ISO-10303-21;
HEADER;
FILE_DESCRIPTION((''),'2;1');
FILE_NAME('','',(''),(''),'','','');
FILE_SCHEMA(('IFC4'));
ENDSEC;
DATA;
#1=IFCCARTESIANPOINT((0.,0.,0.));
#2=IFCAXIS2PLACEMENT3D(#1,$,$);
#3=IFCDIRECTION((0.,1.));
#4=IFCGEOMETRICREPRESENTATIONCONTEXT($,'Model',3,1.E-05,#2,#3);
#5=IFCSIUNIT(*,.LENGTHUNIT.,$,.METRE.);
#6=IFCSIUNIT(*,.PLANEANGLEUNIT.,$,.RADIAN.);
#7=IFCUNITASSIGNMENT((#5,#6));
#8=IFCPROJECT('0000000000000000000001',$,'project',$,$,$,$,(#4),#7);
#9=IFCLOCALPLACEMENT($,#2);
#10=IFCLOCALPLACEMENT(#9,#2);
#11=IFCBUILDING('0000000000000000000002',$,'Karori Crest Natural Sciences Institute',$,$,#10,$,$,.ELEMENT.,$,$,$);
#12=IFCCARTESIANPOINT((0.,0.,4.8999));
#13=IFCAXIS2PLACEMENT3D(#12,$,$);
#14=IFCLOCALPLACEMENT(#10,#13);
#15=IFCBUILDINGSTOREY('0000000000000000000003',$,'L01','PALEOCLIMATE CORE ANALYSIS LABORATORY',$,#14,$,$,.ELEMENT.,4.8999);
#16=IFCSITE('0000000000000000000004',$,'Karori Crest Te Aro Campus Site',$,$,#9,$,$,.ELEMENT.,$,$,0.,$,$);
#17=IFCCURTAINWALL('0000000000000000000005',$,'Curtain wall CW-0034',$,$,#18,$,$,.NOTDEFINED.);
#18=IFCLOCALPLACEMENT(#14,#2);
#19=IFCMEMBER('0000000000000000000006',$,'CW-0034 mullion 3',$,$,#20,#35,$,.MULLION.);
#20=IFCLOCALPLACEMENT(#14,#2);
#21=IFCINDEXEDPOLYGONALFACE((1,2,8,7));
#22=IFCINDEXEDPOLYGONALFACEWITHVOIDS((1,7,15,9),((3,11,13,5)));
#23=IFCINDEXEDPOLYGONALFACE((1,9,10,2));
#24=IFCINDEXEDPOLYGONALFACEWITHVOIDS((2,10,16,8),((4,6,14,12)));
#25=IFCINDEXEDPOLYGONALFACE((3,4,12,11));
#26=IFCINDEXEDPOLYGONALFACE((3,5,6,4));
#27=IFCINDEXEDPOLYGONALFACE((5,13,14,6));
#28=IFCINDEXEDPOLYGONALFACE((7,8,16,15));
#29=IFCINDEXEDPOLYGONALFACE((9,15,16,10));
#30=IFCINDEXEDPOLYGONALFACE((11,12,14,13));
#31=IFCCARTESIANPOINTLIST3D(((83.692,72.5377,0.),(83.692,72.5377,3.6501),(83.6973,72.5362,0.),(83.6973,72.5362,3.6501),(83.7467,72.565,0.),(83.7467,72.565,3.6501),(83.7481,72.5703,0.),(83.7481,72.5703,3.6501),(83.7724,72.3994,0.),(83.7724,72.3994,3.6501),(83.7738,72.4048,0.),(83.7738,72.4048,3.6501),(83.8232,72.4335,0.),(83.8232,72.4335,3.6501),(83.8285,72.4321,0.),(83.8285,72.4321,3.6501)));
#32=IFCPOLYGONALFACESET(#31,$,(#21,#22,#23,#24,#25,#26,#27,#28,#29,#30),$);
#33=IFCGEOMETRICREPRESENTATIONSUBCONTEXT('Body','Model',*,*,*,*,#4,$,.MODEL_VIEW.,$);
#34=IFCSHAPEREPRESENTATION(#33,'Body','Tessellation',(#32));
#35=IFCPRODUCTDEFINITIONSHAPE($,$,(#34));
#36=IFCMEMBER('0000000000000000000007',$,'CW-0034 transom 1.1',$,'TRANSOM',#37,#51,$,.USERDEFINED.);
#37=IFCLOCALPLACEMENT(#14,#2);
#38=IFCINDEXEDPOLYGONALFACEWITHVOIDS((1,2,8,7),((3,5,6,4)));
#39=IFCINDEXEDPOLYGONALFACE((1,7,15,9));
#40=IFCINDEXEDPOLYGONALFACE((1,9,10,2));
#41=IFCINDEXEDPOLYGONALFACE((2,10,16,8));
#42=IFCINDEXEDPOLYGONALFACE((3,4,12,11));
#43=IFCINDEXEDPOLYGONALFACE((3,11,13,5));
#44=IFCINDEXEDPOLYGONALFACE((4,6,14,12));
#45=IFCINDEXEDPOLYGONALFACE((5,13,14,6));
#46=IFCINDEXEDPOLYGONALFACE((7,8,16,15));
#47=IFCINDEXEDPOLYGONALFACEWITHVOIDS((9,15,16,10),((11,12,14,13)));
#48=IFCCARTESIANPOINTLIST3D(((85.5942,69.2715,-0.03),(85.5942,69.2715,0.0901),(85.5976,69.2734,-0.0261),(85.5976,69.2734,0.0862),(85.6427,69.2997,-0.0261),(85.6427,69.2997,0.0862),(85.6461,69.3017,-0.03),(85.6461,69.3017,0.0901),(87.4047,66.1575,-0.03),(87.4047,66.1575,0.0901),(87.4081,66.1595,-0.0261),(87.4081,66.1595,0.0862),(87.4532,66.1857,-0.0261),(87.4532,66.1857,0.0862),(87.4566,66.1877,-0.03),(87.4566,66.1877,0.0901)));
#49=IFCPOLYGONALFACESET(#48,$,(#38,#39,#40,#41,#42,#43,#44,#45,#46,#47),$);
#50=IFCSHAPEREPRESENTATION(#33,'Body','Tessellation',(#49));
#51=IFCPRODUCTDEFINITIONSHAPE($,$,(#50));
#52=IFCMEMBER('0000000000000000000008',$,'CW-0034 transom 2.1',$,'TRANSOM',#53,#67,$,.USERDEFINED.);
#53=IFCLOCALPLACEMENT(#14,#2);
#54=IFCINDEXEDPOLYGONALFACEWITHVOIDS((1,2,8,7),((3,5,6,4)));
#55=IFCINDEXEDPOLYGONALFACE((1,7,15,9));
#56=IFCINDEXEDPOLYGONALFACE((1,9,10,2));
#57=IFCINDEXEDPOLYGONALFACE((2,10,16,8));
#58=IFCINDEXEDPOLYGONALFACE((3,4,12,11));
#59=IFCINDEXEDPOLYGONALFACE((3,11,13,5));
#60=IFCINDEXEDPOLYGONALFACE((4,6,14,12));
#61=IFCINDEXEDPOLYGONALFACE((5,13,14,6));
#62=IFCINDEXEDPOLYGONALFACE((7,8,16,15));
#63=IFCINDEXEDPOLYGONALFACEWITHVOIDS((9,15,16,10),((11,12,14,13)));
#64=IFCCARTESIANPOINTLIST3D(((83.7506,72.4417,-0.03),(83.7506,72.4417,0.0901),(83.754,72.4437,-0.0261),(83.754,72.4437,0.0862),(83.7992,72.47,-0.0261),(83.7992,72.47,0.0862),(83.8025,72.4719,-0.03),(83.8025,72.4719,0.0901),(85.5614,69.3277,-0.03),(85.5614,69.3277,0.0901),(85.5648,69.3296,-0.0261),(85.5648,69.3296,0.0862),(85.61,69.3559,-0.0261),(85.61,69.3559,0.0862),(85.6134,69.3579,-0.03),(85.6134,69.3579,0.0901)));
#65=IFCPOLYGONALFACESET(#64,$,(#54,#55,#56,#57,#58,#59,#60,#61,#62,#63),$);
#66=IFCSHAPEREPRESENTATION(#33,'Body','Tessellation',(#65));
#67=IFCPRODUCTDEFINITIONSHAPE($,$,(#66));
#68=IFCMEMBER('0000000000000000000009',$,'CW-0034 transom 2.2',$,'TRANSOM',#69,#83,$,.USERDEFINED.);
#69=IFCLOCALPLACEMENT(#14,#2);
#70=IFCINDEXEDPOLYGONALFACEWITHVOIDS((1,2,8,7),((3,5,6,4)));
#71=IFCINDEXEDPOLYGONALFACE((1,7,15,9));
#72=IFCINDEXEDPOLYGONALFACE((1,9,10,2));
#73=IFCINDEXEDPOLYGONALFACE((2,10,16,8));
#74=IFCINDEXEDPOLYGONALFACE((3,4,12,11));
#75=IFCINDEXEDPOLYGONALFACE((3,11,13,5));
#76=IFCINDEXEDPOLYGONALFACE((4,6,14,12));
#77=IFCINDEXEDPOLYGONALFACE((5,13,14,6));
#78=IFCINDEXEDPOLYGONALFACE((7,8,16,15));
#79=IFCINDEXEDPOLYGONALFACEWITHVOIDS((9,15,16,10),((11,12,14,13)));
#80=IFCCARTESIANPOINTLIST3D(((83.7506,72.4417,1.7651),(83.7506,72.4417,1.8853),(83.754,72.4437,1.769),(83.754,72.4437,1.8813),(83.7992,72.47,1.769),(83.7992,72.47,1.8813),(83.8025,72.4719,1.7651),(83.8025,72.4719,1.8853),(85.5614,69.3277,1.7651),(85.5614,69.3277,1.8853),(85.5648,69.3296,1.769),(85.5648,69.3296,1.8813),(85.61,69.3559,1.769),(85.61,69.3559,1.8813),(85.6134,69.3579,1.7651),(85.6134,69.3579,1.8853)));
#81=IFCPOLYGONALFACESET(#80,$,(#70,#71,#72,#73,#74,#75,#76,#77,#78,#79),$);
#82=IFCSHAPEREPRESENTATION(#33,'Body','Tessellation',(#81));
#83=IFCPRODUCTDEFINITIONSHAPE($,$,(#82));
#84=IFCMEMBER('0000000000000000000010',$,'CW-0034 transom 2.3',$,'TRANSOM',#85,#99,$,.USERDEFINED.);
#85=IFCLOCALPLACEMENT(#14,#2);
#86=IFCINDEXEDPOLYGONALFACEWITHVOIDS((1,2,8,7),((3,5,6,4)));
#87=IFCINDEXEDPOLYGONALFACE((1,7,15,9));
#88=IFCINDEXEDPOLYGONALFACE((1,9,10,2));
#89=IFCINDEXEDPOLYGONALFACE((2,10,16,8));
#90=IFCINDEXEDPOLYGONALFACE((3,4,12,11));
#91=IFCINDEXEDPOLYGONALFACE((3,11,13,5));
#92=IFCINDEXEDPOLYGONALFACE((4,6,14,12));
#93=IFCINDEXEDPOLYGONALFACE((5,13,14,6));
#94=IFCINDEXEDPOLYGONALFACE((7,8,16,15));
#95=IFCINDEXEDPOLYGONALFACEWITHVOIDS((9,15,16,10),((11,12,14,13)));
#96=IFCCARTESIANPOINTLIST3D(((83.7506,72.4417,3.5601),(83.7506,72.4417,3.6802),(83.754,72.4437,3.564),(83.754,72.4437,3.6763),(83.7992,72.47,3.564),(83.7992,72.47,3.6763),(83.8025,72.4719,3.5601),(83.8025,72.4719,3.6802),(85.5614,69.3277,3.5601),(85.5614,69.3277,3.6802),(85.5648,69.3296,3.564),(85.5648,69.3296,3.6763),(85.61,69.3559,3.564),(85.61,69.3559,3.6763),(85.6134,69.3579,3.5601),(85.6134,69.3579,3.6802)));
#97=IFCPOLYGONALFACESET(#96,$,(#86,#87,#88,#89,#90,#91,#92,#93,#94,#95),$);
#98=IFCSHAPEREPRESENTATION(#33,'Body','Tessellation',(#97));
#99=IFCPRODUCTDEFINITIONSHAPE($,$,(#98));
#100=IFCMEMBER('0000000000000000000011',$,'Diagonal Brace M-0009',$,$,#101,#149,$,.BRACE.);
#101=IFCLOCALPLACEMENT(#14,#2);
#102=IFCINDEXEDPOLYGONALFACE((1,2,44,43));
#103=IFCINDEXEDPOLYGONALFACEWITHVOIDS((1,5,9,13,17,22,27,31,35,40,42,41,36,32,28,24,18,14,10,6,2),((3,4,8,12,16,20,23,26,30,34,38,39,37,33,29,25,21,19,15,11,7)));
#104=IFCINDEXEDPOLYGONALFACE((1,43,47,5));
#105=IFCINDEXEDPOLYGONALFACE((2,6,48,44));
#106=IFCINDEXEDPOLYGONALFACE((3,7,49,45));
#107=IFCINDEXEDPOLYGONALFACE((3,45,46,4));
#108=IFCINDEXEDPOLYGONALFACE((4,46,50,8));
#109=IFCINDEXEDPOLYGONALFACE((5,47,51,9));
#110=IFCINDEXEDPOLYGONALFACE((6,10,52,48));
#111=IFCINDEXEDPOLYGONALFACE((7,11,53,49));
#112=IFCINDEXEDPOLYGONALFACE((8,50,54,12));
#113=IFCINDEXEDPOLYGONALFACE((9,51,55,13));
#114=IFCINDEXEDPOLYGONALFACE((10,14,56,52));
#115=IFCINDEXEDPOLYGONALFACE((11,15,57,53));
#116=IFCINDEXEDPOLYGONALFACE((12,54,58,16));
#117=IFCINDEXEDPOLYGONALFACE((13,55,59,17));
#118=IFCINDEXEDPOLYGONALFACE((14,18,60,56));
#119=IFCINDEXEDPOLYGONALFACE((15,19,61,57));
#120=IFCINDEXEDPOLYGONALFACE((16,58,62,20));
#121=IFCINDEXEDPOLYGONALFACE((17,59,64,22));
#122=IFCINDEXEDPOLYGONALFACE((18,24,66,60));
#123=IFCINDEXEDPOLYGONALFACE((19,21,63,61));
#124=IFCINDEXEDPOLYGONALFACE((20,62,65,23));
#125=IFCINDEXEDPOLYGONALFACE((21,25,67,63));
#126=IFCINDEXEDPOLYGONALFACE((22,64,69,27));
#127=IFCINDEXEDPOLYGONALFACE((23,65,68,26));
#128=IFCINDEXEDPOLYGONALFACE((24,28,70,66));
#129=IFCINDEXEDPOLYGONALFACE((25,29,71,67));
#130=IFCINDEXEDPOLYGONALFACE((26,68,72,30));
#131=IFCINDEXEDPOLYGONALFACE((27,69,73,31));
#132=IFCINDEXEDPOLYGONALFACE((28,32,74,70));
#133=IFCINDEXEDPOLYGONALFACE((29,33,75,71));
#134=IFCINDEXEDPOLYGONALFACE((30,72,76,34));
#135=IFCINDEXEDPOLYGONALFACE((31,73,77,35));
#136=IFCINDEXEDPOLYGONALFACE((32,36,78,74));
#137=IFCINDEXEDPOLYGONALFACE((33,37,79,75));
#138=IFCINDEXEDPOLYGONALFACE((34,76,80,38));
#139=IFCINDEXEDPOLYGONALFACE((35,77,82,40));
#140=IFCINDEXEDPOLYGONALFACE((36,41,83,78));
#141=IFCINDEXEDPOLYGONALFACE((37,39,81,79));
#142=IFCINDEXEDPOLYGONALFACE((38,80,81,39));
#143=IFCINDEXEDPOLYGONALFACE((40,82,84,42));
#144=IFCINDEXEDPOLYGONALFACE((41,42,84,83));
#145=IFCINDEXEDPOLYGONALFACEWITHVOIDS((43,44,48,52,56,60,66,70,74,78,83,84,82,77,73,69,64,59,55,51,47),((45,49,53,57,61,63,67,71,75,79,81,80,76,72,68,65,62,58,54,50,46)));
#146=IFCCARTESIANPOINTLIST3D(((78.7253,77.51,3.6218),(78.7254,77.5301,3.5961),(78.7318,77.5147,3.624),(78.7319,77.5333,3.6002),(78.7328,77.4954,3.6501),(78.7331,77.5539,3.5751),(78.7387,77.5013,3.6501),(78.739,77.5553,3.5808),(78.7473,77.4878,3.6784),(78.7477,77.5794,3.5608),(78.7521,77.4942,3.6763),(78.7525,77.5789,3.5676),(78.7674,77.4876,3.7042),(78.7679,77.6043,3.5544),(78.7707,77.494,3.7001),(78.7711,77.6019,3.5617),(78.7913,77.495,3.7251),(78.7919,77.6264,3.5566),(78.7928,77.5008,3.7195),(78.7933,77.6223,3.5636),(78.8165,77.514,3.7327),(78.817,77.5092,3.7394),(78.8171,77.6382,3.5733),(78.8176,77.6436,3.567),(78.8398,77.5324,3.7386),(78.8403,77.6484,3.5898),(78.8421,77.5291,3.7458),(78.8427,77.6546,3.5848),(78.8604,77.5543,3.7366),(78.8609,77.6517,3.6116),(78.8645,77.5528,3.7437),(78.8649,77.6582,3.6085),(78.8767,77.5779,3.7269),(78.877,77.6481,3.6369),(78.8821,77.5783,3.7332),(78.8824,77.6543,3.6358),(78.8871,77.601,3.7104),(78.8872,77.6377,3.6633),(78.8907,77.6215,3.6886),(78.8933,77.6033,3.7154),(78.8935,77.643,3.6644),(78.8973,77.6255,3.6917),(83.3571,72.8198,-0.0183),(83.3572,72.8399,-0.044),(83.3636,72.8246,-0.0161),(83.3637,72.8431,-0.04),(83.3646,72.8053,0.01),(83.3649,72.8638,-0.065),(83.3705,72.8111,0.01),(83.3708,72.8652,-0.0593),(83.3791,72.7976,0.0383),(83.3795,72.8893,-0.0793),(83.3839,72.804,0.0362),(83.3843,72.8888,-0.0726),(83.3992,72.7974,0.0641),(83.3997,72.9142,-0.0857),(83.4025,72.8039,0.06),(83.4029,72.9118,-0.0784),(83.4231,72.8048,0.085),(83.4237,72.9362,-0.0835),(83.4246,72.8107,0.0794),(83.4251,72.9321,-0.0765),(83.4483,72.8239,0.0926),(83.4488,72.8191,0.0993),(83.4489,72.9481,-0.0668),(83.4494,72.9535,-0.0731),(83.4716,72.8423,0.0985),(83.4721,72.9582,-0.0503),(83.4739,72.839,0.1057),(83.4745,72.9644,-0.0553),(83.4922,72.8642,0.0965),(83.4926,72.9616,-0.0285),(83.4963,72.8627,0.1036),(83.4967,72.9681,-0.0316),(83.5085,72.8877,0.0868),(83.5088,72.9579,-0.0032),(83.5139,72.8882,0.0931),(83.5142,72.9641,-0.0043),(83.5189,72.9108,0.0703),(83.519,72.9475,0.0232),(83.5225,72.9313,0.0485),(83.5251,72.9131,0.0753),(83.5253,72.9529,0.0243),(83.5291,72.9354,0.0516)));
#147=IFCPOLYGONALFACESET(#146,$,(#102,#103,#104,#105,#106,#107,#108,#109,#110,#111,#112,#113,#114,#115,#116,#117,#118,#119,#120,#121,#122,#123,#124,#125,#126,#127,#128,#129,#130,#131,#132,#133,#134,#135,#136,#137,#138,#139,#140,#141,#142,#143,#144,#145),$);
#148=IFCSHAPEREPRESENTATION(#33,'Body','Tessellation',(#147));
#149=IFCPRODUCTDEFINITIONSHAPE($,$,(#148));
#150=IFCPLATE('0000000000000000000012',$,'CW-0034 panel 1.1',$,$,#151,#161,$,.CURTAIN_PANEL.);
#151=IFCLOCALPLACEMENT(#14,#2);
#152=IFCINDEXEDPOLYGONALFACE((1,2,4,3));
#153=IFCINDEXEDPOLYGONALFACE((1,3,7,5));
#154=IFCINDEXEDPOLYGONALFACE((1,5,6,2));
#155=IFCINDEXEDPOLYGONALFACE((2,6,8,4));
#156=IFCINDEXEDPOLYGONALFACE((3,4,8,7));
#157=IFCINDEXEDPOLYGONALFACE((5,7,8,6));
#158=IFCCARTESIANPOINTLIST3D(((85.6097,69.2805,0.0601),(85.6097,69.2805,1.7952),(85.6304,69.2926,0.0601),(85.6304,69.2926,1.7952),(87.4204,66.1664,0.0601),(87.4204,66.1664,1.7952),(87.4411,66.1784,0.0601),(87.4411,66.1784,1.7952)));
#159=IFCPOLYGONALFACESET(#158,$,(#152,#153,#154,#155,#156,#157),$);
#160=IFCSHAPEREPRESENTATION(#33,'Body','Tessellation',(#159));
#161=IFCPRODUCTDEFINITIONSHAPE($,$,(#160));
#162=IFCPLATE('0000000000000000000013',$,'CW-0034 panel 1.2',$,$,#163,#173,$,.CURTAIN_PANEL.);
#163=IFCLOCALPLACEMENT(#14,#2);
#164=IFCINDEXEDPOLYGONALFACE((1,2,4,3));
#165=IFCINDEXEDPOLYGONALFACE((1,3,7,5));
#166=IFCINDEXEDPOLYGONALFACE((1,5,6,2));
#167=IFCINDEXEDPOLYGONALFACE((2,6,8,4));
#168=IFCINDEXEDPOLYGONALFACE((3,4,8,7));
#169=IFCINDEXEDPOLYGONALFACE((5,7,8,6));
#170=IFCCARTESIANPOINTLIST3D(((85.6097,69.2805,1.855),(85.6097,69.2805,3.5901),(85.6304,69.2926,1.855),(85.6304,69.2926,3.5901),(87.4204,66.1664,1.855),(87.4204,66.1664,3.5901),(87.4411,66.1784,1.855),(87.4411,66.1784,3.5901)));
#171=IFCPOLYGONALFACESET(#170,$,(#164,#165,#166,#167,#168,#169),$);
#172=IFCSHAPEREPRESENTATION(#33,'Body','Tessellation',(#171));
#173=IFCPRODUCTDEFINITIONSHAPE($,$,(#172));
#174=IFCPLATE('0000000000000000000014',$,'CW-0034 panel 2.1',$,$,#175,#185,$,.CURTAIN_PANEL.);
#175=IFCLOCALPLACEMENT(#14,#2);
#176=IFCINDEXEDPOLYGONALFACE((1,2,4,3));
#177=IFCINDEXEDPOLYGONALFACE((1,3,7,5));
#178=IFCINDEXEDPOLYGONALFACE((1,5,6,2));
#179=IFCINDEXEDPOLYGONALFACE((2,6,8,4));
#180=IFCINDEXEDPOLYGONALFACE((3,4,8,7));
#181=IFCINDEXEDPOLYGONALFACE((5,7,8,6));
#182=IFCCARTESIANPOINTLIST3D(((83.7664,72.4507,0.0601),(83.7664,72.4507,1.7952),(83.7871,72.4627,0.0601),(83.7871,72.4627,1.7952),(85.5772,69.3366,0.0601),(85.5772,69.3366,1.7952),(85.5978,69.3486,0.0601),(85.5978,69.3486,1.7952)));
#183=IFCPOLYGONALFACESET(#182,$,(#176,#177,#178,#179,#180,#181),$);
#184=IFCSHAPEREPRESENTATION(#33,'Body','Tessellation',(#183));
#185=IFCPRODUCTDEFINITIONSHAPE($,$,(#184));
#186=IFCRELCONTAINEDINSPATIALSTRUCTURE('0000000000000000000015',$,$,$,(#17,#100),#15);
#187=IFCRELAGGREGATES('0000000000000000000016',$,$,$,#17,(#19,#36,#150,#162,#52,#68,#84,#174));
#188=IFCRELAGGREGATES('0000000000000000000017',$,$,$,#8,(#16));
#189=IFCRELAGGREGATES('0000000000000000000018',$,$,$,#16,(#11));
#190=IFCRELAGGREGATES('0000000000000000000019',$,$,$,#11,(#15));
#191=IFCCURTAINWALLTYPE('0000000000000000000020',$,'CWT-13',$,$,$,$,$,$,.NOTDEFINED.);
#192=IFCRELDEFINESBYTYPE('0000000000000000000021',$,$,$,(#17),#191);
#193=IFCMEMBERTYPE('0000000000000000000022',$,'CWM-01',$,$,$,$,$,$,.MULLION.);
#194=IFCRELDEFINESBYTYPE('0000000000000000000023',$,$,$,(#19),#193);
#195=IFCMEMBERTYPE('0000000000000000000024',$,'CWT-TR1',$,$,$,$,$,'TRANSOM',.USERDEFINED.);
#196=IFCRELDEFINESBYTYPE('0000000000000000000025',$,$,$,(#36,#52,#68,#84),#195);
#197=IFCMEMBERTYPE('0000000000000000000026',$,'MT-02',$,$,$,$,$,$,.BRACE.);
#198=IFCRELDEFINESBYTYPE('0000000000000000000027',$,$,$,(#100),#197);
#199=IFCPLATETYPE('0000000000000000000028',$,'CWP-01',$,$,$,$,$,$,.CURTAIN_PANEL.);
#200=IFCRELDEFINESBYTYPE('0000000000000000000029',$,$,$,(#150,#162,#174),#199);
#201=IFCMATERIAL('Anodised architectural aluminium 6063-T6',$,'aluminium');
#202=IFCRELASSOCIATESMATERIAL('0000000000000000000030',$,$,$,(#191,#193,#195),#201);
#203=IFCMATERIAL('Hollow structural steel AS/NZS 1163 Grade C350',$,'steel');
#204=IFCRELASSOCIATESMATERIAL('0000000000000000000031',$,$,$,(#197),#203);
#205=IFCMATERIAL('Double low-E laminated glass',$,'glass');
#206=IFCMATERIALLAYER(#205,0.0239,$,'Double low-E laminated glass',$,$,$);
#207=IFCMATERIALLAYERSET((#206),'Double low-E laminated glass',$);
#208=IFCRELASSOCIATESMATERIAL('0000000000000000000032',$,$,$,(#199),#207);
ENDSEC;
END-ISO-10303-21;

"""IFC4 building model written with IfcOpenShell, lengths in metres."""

from ifc_helpers import new_model, si_unit, direction, frame, origin, origin_2d, place, context, subcontext, project, spatial, rectangle, hollow_rectangle, hollow_circle, extrude, material, layer, layer_set, material_profile, profile_set, type_object, element, aggregate, save


model = new_model("IFC4")

# Units and contexts
model_context = context("Model", 3, precision=1e-05, world=origin(), true_north=direction((0.0, 1.0)))
body_context = subcontext(model_context, "Body", "Model", "MODEL_VIEW")
ifc_project = project(units=[si_unit("LENGTHUNIT", "METRE"), si_unit("PLANEANGLEUNIT", "RADIAN")], contexts=[model_context])

# Site, building, storey
site_placement = place(None, origin())
site = spatial("IfcSite", under=ifc_project, at=site_placement, Name="Karori Crest Te Aro Campus Site", CompositionType="ELEMENT", RefElevation=0.0)
building_placement = place(site_placement, origin())
building = spatial("IfcBuilding", under=site, at=building_placement, Name="Karori Crest Natural Sciences Institute", CompositionType="ELEMENT")
storey_placement = place(building_placement, frame((0.0, 0.0, 4.8999)))
storey = spatial("IfcBuildingStorey", under=building, at=storey_placement, Name="L01", Description="PALEOCLIMATE CORE ANALYSIS LABORATORY", CompositionType="ELEMENT", Elevation=4.8999)

# Shared definitions
ifc_material_1 = material(Name="Hollow structural steel AS/NZS 1163 Grade C350", Category="steel")

# Curtain wall, members
ifc_material_2 = material(Name="Anodised architectural aluminium 6063-T6", Category="aluminium")
curtain_wall_type = type_object("IfcCurtainWallType", Name="CWT-13", PredefinedType="NOTDEFINED", material=ifc_material_2)
curtain_wall_placement = place(storey_placement, origin())
curtain_wall = element("IfcCurtainWall", 1, at=curtain_wall_placement, inside=storey, type_object=curtain_wall_type, Name="Curtain wall CW-0034", PredefinedType="NOTDEFINED")
ifc_material_profile_1 = material_profile(ifc_material_2, hollow_rectangle(XDim=0.0649, YDim=0.1599, WallThickness=0.0039, at=origin_2d()), Name="CWM160x65x4")
ifc_profile_set_1 = profile_set([ifc_material_profile_1], Name="Anodised architectural aluminium 6063-T6")
member_type_1 = type_object("IfcMemberType", Name="CWM-01", PredefinedType="MULLION", material=ifc_profile_set_1)
member_1_placement = place(storey_placement, frame((83.7603, 72.4849, 0.0), z_axis=(0.0, 0.0, 1.0), x_axis=(-0.864484, -0.50266, 0.0)))
member_1 = element("IfcMember", 2, at=member_1_placement, type_object=member_type_1, Name="CW-0034 mullion 3", PredefinedType="MULLION", context=body_context, shape_type="SweptSolid", body=[
    extrude(hollow_rectangle(XDim=0.0649, YDim=0.1599, WallThickness=0.0039, at=origin_2d()), origin(), (0.0, 0.0, 1.0), 3.6501),
])
ifc_material_profile_2 = material_profile(ifc_material_2, hollow_rectangle(XDim=0.0601, YDim=0.1201, WallThickness=0.0039, at=origin_2d()), Name="CWT120x60x4")
ifc_profile_set_2 = profile_set([ifc_material_profile_2], Name="Anodised architectural aluminium 6063-T6")
member_type_2 = type_object("IfcMemberType", Name="CWT-TR1", ElementType="TRANSOM", PredefinedType="USERDEFINED", material=ifc_profile_set_2)
member_2_placement = place(storey_placement, frame((87.4307, 66.1726, 0.03), z_axis=(-0.502636, 0.864498, 0.0), x_axis=(-0.864498, -0.502636, 0.0)))
member_2 = element("IfcMember", 3, at=member_2_placement, type_object=member_type_2, Name="CW-0034 transom 1.1", ObjectType="TRANSOM", PredefinedType="USERDEFINED", context=body_context, shape_type="SweptSolid", body=[
    extrude(hollow_rectangle(XDim=0.0601, YDim=0.1201, WallThickness=0.0039, at=origin_2d()), origin(), (0.0, 0.0, 1.0), 3.6021),
])
member_3_placement = place(storey_placement, frame((85.5874, 69.3428, 0.03), z_axis=(-0.502686, 0.864469, 0.0), x_axis=(-0.864469, -0.502686, 0.0)))
member_3 = element("IfcMember", 4, at=member_3_placement, type_object=member_type_2, Name="CW-0034 transom 2.1", ObjectType="TRANSOM", PredefinedType="USERDEFINED", context=body_context, shape_type="SweptSolid", body=[
    extrude(hollow_rectangle(XDim=0.0601, YDim=0.1201, WallThickness=0.0039, at=origin_2d()), origin(), (0.0, 0.0, 1.0), 3.6023),
])
member_4_placement = place(storey_placement, frame((85.5874, 69.3428, 1.8252), z_axis=(-0.502686, 0.864469, 0.0), x_axis=(-0.864469, -0.502686, 0.0)))
member_4 = element("IfcMember", 5, at=member_4_placement, type_object=member_type_2, Name="CW-0034 transom 2.2", ObjectType="TRANSOM", PredefinedType="USERDEFINED", context=body_context, shape_type="SweptSolid", body=[
    extrude(hollow_rectangle(XDim=0.0601, YDim=0.1201, WallThickness=0.0039, at=origin_2d()), origin(), (0.0, 0.0, 1.0), 3.6023),
])
member_5_placement = place(storey_placement, frame((85.5874, 69.3428, 3.6201), z_axis=(-0.502686, 0.864469, 0.0), x_axis=(-0.864469, -0.502686, 0.0)))
member_5 = element("IfcMember", 6, at=member_5_placement, type_object=member_type_2, Name="CW-0034 transom 2.3", ObjectType="TRANSOM", PredefinedType="USERDEFINED", context=body_context, shape_type="SweptSolid", body=[
    extrude(hollow_rectangle(XDim=0.0601, YDim=0.1201, WallThickness=0.0039, at=origin_2d()), origin(), (0.0, 0.0, 1.0), 3.6023),
])

# Member
ifc_material_profile_3 = material_profile(ifc_material_1, hollow_circle(Radius=0.1096, WallThickness=0.0083, at=origin_2d()), Name="CHS219.1x8.2")
ifc_profile_set_3 = profile_set([ifc_material_profile_3], Name="Hollow structural steel AS/NZS 1163 Grade C350")
member_type_3 = type_object("IfcMemberType", Name="MT-02", PredefinedType="BRACE", material=ifc_profile_set_3)
member_6_placement = place(storey_placement, frame((83.4426, 72.8823, 0.01), z_axis=(-0.61511, 0.622859, 0.483412), x_axis=(-0.711519, -0.702667, 0.0)))
element("IfcMember", 7, at=member_6_placement, inside=storey, type_object=member_type_3, Name="Diagonal Brace M-0009", PredefinedType="BRACE", context=body_context, shape_type="SweptSolid", body=[
    extrude(hollow_circle(Radius=0.1096, WallThickness=0.0083, at=origin_2d()), origin(), (0.0, 0.0, 1.0), 7.53),
])

# Plates
ifc_material_3 = material(Name="Double low-E laminated glass", Category="glass")
ifc_layer_1 = layer(ifc_material_3, 0.0239, Name="Double low-E laminated glass")
ifc_layer_set_1 = layer_set([ifc_layer_1], Name="Double low-E laminated glass")
plate_type_1 = type_object("IfcPlateType", Name="CWP-01", PredefinedType="CURTAIN_PANEL", material=ifc_layer_set_1)
plate_1_placement = place(storey_placement, frame((86.5254, 67.7295, 0.0601), z_axis=(0.0, 0.0, 1.0), x_axis=(-0.50266, 0.864484, 0.0)))
plate_1 = element("IfcPlate", 8, at=plate_1_placement, type_object=plate_type_1, Name="CW-0034 panel 1.1", PredefinedType="CURTAIN_PANEL", context=body_context, shape_type="SweptSolid", body=[
    extrude(rectangle(XDim=3.6023, YDim=0.0239, at=origin_2d()), origin(), (0.0, 0.0, 1.0), 1.7351),
])
plate_2_placement = place(storey_placement, frame((86.5254, 67.7295, 1.855), z_axis=(0.0, 0.0, 1.0), x_axis=(-0.50266, 0.864484, 0.0)))
plate_2 = element("IfcPlate", 9, at=plate_2_placement, type_object=plate_type_1, Name="CW-0034 panel 1.2", PredefinedType="CURTAIN_PANEL", context=body_context, shape_type="SweptSolid", body=[
    extrude(rectangle(XDim=3.6023, YDim=0.0239, at=origin_2d()), origin(), (0.0, 0.0, 1.0), 1.7351),
])
plate_3_placement = place(storey_placement, frame((84.6821, 70.8997, 0.0601), z_axis=(0.0, 0.0, 1.0), x_axis=(-0.50266, 0.864484, 0.0)))
plate_3 = element("IfcPlate", 10, at=plate_3_placement, type_object=plate_type_1, Name="CW-0034 panel 2.1", PredefinedType="CURTAIN_PANEL", context=body_context, shape_type="SweptSolid", body=[
    extrude(rectangle(XDim=3.6023, YDim=0.0239, at=origin_2d()), origin(), (0.0, 0.0, 1.0), 1.7351),
])
aggregate(curtain_wall, [member_1, member_2, plate_1, plate_2, member_3, member_4, member_5, plate_3])

save(model, "model.ifc")
